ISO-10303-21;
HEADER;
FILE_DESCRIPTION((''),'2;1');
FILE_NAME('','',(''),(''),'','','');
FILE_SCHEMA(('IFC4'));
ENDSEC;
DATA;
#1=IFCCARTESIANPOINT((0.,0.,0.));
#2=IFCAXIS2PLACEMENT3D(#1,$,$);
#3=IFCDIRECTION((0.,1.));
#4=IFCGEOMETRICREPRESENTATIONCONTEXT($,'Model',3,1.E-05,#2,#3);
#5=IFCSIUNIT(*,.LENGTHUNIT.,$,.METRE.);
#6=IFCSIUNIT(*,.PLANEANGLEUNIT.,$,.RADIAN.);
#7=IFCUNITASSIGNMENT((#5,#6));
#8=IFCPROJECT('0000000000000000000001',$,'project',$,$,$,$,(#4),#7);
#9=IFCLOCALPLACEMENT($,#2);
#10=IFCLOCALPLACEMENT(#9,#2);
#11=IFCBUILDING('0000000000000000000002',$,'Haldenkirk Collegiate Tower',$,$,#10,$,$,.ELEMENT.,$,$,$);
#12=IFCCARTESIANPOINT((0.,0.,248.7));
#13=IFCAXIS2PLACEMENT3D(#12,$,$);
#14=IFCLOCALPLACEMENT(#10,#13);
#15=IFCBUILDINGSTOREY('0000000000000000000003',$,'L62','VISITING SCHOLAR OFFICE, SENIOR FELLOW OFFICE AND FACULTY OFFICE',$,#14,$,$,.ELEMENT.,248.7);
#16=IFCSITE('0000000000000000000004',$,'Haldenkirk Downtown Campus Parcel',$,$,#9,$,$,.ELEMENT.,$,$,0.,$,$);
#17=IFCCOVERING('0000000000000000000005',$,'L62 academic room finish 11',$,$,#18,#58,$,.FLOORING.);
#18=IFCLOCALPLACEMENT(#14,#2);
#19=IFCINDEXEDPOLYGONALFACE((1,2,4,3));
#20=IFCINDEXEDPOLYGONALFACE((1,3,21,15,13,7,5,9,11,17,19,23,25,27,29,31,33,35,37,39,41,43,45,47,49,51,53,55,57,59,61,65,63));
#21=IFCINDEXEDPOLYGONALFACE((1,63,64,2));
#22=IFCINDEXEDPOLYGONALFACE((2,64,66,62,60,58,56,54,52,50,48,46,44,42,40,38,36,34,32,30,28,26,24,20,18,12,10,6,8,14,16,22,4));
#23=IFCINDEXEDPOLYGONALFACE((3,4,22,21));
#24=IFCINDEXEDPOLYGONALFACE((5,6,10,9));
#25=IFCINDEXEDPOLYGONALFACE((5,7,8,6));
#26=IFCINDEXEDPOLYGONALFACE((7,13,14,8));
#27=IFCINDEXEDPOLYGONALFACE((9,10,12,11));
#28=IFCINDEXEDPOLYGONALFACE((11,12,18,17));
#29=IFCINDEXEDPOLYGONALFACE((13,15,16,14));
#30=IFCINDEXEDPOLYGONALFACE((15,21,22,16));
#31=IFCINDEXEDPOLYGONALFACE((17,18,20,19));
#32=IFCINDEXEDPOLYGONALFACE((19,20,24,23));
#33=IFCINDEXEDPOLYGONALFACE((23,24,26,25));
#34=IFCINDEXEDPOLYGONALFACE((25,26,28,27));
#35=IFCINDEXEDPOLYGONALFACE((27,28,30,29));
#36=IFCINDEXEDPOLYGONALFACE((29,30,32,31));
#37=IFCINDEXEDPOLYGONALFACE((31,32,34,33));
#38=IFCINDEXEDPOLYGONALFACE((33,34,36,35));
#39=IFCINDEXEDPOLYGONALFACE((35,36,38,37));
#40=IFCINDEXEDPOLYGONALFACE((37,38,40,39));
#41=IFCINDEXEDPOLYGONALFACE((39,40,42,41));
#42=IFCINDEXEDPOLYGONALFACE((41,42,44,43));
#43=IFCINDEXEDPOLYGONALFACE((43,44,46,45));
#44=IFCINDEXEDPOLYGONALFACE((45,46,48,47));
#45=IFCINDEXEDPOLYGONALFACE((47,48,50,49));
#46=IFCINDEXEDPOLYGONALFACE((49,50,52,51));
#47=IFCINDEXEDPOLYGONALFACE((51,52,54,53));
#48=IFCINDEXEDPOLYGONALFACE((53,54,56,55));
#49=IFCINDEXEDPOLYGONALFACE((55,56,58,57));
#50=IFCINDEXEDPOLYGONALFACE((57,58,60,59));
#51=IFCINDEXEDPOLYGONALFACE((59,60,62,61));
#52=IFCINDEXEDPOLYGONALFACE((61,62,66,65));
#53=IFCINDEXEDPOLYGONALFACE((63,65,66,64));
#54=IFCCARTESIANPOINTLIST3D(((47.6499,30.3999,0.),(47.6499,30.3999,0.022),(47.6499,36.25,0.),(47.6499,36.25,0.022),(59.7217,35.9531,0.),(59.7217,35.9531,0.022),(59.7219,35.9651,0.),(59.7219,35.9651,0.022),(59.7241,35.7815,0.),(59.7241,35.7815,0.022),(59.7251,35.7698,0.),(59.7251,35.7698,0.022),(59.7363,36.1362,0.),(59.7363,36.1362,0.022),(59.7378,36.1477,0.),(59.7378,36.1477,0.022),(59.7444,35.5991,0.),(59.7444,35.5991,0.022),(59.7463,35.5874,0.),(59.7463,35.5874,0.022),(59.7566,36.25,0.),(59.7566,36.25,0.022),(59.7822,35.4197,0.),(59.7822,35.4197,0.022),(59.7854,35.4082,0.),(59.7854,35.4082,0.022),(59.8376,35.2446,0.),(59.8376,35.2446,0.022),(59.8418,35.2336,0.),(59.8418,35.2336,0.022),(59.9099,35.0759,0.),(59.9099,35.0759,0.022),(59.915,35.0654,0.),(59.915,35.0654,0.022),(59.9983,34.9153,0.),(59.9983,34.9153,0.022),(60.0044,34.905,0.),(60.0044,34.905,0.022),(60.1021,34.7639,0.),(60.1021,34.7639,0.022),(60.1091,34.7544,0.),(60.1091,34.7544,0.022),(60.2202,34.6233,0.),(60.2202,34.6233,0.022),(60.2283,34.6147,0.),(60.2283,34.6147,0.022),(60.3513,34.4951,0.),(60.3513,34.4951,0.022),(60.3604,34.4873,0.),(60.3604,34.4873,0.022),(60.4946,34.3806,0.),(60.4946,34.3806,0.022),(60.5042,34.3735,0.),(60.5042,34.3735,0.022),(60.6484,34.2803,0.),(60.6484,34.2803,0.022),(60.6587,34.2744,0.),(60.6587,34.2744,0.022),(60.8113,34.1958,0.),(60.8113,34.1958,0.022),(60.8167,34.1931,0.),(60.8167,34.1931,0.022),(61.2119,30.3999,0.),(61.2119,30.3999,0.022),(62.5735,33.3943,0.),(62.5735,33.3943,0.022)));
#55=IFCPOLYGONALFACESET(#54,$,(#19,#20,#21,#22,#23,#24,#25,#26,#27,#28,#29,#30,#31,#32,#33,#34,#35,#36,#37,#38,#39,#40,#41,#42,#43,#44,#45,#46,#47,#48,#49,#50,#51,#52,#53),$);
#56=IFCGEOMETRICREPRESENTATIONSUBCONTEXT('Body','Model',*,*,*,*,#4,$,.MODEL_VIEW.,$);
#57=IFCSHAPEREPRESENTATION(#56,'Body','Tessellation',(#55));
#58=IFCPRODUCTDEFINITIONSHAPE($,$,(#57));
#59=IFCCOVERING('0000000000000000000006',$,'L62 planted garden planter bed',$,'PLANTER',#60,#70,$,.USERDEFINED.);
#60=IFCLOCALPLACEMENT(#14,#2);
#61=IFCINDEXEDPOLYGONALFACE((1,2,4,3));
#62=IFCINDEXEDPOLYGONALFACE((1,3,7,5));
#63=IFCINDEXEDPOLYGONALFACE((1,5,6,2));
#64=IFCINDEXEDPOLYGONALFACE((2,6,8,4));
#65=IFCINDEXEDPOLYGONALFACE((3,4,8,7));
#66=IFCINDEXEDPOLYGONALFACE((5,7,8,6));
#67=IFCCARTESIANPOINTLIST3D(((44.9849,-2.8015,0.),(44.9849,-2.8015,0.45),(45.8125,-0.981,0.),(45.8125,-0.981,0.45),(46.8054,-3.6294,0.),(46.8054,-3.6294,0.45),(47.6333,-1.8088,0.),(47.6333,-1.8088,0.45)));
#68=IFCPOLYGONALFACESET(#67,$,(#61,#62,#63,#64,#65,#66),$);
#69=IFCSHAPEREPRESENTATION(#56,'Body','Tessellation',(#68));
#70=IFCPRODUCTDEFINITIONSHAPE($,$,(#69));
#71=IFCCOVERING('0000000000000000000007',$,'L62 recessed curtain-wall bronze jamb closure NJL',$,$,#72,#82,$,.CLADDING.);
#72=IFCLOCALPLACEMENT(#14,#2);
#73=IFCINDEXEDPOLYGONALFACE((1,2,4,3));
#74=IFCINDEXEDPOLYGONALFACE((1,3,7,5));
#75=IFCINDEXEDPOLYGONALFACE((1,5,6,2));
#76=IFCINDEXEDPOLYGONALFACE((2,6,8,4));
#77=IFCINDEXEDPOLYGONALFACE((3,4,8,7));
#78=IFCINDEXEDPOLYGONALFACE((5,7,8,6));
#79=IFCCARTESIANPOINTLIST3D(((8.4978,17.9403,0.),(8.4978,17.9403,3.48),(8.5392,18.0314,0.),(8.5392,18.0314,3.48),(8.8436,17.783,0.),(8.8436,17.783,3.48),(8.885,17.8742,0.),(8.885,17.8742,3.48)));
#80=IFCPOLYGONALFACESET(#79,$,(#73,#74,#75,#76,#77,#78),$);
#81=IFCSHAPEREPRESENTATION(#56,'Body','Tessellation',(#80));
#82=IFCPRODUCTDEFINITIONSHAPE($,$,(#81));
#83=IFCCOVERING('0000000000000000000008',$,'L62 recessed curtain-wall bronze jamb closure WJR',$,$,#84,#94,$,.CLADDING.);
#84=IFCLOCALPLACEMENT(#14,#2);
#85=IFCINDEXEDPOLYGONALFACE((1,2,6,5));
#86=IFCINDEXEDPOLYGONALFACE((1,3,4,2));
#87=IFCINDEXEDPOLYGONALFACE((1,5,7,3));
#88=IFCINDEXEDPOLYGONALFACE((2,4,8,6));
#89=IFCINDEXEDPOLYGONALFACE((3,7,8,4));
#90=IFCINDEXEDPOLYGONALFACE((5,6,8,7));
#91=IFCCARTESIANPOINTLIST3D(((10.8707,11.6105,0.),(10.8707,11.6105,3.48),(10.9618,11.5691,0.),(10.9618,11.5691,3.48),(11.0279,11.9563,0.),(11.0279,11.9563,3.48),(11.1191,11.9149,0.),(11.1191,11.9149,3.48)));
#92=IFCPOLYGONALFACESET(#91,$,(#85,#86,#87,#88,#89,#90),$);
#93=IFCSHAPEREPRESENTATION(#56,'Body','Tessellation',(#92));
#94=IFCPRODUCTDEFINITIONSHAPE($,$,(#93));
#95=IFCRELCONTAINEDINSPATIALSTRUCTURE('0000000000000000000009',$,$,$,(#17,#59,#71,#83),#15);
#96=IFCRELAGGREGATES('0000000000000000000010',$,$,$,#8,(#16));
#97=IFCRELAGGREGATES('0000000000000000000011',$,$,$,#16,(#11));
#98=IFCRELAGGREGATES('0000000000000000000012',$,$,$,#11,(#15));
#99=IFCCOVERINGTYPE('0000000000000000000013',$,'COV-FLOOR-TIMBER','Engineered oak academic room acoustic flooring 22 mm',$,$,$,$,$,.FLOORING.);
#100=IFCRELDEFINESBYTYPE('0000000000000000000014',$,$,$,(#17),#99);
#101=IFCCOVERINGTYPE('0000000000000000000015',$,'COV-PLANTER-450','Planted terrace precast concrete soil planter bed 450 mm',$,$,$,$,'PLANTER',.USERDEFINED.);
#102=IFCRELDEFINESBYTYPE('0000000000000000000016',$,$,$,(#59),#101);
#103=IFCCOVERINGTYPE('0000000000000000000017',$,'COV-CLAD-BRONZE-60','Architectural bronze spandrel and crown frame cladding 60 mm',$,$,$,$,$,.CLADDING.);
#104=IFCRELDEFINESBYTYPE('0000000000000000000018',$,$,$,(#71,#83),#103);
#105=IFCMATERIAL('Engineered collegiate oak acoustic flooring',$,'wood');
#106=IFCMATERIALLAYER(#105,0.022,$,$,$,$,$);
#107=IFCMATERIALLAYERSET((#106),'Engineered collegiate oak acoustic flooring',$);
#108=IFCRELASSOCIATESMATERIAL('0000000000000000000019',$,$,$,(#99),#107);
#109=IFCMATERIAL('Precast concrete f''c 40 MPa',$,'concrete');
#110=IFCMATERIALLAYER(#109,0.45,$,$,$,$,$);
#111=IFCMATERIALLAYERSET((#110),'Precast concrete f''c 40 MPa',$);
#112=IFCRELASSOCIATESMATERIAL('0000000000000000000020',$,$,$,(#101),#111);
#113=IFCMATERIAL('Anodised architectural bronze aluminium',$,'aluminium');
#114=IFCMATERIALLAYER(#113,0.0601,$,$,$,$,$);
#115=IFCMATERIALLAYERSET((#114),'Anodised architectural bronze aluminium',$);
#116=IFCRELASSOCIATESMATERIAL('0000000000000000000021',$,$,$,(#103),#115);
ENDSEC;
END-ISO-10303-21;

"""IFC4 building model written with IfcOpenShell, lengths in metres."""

from ifc_helpers import new_model, si_unit, direction, frame, origin, origin_2d, place, context, subcontext, project, spatial, polyline, rectangle, outline, extrude, source, transform, mapped, material, layer, layer_set, type_object, element, save


model = new_model("IFC4")

# Units and contexts
model_context = context("Model", 3, precision=1e-05, world=origin(), true_north=direction((0.0, 1.0)))
body_context = subcontext(model_context, "Body", "Model", "MODEL_VIEW")
ifc_project = project(units=[si_unit("LENGTHUNIT", "METRE"), si_unit("PLANEANGLEUNIT", "RADIAN")], contexts=[model_context])

# Site, building, storey
site_placement = place(None, origin())
site = spatial("IfcSite", under=ifc_project, at=site_placement, Name="Haldenkirk Downtown Campus Parcel", CompositionType="ELEMENT", RefElevation=0.0)
building_placement = place(site_placement, origin())
building = spatial("IfcBuilding", under=site, at=building_placement, Name="Haldenkirk Collegiate Tower", CompositionType="ELEMENT")
storey_placement = place(building_placement, frame((0.0, 0.0, 248.7)))
storey = spatial("IfcBuildingStorey", under=building, at=storey_placement, Name="L62", Description="VISITING SCHOLAR OFFICE, SENIOR FELLOW OFFICE AND FACULTY OFFICE", CompositionType="ELEMENT", Elevation=248.7)

# Shared definitions
ifc_material_1 = material(Name="Anodised architectural bronze aluminium", Category="aluminium")

# Shared definitions
ifc_material_2 = material(Name="Precast concrete f'c 40 MPa", Category="concrete")

# Coverings
ifc_material_3 = material(Name="Engineered collegiate oak acoustic flooring", Category="wood")
ifc_layer_1 = layer(ifc_material_3, 0.022)
ifc_layer_set_1 = layer_set([ifc_layer_1], Name="Engineered collegiate oak acoustic flooring")
covering_type_1 = type_object("IfcCoveringType", Name="COV-FLOOR-TIMBER", Description="Engineered oak academic room acoustic flooring 22 mm", PredefinedType="FLOORING", material=ifc_layer_set_1)
covering_1_placement = place(storey_placement, origin())
element("IfcCovering", 1, at=covering_1_placement, inside=storey, type_object=covering_type_1, Name="L62 academic room finish 11", PredefinedType="FLOORING", context=body_context, shape_type="SweptSolid", body=[
    extrude(outline(polyline([(59.7378, 36.1477), (59.7363, 36.1362), (59.7219, 35.9651), (59.7217, 35.9531), (59.7241, 35.7815), (59.7251, 35.7698), (59.7444, 35.5991), (59.7463, 35.5874), (59.7822, 35.4197), (59.7854, 35.4082), (59.8376, 35.2446), (59.8418, 35.2336), (59.9099, 35.0759), (59.915, 35.0654), (59.9983, 34.9153), (60.0044, 34.905), (60.1021, 34.7639), (60.1091, 34.7544), (60.2202, 34.6233), (60.2283, 34.6147), (60.3513, 34.4951), (60.3604, 34.4873), (60.4946, 34.3806), (60.5042, 34.3735), (60.6484, 34.2803), (60.6587, 34.2744), (60.8113, 34.1958), (60.8167, 34.1931), (62.5735, 33.3943), (61.2119, 30.3999), (47.6499, 30.3999), (47.6499, 36.25), (59.7566, 36.25), (59.7378, 36.1477)])), origin(), (0.0, 0.0, 1.0), 0.022),
])
ifc_layer_2 = layer(ifc_material_2, 0.45)
ifc_layer_set_2 = layer_set([ifc_layer_2], Name="Precast concrete f'c 40 MPa")
covering_type_2 = type_object("IfcCoveringType", Name="COV-PLANTER-450", Description="Planted terrace precast concrete soil planter bed 450 mm", ElementType="PLANTER", PredefinedType="USERDEFINED", material=ifc_layer_set_2)
covering_2_placement = place(storey_placement, origin())
element("IfcCovering", 2, at=covering_2_placement, inside=storey, type_object=covering_type_2, Name="L62 planted garden planter bed", ObjectType="PLANTER", PredefinedType="USERDEFINED", context=body_context, shape_type="SweptSolid", body=[
    extrude(outline(polyline([(46.8054, -3.6294), (44.9849, -2.8015), (45.8125, -0.981), (47.6333, -1.8088), (46.8054, -3.6294)])), origin(), (0.0, 0.0, 1.0), 0.45),
])
ifc_layer_3 = layer(ifc_material_1, 0.0601)
ifc_layer_set_3 = layer_set([ifc_layer_3], Name="Anodised architectural bronze aluminium")
covering_type_3 = type_object("IfcCoveringType", Name="COV-CLAD-BRONZE-60", Description="Architectural bronze spandrel and crown frame cladding 60 mm", PredefinedType="CLADDING", material=ifc_layer_set_3)
shared_shape = source(origin(), body_context, "Body", "SweptSolid", [
    extrude(rectangle(XDim=0.1001, YDim=0.3799, at=origin_2d()), origin(), (0.0, 0.0, 1.0), 3.48),
])
for number, where, z_axis, x_axis, name in (
    (3, (8.6914, 17.9072, 0.0), (0.0, 0.0, 1.0), (0.413899, 0.910323, 0.0), "L62 recessed curtain-wall bronze jamb closure NJL"),
    (4, (10.9949, 11.7627, 0.0), (0.0, 0.0, 1.0), (-0.910323, 0.413899, 0.0), "L62 recessed curtain-wall bronze jamb closure WJR"),
):
    element("IfcCovering", number, at=place(storey_placement, frame(where, z_axis=z_axis, x_axis=x_axis)), inside=storey, type_object=covering_type_3, Name=name, PredefinedType="CLADDING", context=body_context, shape_type="MappedRepresentation", body=[
        mapped(shared_shape, transform((0.0, 0.0, 0.0), x_axis=(1.0, 0.0, 0.0), y_axis=(0.0, 1.0, 0.0), z_axis=(0.0, 0.0, 1.0), scale=1.0)),
    ])

save(model, "model.ifc")
